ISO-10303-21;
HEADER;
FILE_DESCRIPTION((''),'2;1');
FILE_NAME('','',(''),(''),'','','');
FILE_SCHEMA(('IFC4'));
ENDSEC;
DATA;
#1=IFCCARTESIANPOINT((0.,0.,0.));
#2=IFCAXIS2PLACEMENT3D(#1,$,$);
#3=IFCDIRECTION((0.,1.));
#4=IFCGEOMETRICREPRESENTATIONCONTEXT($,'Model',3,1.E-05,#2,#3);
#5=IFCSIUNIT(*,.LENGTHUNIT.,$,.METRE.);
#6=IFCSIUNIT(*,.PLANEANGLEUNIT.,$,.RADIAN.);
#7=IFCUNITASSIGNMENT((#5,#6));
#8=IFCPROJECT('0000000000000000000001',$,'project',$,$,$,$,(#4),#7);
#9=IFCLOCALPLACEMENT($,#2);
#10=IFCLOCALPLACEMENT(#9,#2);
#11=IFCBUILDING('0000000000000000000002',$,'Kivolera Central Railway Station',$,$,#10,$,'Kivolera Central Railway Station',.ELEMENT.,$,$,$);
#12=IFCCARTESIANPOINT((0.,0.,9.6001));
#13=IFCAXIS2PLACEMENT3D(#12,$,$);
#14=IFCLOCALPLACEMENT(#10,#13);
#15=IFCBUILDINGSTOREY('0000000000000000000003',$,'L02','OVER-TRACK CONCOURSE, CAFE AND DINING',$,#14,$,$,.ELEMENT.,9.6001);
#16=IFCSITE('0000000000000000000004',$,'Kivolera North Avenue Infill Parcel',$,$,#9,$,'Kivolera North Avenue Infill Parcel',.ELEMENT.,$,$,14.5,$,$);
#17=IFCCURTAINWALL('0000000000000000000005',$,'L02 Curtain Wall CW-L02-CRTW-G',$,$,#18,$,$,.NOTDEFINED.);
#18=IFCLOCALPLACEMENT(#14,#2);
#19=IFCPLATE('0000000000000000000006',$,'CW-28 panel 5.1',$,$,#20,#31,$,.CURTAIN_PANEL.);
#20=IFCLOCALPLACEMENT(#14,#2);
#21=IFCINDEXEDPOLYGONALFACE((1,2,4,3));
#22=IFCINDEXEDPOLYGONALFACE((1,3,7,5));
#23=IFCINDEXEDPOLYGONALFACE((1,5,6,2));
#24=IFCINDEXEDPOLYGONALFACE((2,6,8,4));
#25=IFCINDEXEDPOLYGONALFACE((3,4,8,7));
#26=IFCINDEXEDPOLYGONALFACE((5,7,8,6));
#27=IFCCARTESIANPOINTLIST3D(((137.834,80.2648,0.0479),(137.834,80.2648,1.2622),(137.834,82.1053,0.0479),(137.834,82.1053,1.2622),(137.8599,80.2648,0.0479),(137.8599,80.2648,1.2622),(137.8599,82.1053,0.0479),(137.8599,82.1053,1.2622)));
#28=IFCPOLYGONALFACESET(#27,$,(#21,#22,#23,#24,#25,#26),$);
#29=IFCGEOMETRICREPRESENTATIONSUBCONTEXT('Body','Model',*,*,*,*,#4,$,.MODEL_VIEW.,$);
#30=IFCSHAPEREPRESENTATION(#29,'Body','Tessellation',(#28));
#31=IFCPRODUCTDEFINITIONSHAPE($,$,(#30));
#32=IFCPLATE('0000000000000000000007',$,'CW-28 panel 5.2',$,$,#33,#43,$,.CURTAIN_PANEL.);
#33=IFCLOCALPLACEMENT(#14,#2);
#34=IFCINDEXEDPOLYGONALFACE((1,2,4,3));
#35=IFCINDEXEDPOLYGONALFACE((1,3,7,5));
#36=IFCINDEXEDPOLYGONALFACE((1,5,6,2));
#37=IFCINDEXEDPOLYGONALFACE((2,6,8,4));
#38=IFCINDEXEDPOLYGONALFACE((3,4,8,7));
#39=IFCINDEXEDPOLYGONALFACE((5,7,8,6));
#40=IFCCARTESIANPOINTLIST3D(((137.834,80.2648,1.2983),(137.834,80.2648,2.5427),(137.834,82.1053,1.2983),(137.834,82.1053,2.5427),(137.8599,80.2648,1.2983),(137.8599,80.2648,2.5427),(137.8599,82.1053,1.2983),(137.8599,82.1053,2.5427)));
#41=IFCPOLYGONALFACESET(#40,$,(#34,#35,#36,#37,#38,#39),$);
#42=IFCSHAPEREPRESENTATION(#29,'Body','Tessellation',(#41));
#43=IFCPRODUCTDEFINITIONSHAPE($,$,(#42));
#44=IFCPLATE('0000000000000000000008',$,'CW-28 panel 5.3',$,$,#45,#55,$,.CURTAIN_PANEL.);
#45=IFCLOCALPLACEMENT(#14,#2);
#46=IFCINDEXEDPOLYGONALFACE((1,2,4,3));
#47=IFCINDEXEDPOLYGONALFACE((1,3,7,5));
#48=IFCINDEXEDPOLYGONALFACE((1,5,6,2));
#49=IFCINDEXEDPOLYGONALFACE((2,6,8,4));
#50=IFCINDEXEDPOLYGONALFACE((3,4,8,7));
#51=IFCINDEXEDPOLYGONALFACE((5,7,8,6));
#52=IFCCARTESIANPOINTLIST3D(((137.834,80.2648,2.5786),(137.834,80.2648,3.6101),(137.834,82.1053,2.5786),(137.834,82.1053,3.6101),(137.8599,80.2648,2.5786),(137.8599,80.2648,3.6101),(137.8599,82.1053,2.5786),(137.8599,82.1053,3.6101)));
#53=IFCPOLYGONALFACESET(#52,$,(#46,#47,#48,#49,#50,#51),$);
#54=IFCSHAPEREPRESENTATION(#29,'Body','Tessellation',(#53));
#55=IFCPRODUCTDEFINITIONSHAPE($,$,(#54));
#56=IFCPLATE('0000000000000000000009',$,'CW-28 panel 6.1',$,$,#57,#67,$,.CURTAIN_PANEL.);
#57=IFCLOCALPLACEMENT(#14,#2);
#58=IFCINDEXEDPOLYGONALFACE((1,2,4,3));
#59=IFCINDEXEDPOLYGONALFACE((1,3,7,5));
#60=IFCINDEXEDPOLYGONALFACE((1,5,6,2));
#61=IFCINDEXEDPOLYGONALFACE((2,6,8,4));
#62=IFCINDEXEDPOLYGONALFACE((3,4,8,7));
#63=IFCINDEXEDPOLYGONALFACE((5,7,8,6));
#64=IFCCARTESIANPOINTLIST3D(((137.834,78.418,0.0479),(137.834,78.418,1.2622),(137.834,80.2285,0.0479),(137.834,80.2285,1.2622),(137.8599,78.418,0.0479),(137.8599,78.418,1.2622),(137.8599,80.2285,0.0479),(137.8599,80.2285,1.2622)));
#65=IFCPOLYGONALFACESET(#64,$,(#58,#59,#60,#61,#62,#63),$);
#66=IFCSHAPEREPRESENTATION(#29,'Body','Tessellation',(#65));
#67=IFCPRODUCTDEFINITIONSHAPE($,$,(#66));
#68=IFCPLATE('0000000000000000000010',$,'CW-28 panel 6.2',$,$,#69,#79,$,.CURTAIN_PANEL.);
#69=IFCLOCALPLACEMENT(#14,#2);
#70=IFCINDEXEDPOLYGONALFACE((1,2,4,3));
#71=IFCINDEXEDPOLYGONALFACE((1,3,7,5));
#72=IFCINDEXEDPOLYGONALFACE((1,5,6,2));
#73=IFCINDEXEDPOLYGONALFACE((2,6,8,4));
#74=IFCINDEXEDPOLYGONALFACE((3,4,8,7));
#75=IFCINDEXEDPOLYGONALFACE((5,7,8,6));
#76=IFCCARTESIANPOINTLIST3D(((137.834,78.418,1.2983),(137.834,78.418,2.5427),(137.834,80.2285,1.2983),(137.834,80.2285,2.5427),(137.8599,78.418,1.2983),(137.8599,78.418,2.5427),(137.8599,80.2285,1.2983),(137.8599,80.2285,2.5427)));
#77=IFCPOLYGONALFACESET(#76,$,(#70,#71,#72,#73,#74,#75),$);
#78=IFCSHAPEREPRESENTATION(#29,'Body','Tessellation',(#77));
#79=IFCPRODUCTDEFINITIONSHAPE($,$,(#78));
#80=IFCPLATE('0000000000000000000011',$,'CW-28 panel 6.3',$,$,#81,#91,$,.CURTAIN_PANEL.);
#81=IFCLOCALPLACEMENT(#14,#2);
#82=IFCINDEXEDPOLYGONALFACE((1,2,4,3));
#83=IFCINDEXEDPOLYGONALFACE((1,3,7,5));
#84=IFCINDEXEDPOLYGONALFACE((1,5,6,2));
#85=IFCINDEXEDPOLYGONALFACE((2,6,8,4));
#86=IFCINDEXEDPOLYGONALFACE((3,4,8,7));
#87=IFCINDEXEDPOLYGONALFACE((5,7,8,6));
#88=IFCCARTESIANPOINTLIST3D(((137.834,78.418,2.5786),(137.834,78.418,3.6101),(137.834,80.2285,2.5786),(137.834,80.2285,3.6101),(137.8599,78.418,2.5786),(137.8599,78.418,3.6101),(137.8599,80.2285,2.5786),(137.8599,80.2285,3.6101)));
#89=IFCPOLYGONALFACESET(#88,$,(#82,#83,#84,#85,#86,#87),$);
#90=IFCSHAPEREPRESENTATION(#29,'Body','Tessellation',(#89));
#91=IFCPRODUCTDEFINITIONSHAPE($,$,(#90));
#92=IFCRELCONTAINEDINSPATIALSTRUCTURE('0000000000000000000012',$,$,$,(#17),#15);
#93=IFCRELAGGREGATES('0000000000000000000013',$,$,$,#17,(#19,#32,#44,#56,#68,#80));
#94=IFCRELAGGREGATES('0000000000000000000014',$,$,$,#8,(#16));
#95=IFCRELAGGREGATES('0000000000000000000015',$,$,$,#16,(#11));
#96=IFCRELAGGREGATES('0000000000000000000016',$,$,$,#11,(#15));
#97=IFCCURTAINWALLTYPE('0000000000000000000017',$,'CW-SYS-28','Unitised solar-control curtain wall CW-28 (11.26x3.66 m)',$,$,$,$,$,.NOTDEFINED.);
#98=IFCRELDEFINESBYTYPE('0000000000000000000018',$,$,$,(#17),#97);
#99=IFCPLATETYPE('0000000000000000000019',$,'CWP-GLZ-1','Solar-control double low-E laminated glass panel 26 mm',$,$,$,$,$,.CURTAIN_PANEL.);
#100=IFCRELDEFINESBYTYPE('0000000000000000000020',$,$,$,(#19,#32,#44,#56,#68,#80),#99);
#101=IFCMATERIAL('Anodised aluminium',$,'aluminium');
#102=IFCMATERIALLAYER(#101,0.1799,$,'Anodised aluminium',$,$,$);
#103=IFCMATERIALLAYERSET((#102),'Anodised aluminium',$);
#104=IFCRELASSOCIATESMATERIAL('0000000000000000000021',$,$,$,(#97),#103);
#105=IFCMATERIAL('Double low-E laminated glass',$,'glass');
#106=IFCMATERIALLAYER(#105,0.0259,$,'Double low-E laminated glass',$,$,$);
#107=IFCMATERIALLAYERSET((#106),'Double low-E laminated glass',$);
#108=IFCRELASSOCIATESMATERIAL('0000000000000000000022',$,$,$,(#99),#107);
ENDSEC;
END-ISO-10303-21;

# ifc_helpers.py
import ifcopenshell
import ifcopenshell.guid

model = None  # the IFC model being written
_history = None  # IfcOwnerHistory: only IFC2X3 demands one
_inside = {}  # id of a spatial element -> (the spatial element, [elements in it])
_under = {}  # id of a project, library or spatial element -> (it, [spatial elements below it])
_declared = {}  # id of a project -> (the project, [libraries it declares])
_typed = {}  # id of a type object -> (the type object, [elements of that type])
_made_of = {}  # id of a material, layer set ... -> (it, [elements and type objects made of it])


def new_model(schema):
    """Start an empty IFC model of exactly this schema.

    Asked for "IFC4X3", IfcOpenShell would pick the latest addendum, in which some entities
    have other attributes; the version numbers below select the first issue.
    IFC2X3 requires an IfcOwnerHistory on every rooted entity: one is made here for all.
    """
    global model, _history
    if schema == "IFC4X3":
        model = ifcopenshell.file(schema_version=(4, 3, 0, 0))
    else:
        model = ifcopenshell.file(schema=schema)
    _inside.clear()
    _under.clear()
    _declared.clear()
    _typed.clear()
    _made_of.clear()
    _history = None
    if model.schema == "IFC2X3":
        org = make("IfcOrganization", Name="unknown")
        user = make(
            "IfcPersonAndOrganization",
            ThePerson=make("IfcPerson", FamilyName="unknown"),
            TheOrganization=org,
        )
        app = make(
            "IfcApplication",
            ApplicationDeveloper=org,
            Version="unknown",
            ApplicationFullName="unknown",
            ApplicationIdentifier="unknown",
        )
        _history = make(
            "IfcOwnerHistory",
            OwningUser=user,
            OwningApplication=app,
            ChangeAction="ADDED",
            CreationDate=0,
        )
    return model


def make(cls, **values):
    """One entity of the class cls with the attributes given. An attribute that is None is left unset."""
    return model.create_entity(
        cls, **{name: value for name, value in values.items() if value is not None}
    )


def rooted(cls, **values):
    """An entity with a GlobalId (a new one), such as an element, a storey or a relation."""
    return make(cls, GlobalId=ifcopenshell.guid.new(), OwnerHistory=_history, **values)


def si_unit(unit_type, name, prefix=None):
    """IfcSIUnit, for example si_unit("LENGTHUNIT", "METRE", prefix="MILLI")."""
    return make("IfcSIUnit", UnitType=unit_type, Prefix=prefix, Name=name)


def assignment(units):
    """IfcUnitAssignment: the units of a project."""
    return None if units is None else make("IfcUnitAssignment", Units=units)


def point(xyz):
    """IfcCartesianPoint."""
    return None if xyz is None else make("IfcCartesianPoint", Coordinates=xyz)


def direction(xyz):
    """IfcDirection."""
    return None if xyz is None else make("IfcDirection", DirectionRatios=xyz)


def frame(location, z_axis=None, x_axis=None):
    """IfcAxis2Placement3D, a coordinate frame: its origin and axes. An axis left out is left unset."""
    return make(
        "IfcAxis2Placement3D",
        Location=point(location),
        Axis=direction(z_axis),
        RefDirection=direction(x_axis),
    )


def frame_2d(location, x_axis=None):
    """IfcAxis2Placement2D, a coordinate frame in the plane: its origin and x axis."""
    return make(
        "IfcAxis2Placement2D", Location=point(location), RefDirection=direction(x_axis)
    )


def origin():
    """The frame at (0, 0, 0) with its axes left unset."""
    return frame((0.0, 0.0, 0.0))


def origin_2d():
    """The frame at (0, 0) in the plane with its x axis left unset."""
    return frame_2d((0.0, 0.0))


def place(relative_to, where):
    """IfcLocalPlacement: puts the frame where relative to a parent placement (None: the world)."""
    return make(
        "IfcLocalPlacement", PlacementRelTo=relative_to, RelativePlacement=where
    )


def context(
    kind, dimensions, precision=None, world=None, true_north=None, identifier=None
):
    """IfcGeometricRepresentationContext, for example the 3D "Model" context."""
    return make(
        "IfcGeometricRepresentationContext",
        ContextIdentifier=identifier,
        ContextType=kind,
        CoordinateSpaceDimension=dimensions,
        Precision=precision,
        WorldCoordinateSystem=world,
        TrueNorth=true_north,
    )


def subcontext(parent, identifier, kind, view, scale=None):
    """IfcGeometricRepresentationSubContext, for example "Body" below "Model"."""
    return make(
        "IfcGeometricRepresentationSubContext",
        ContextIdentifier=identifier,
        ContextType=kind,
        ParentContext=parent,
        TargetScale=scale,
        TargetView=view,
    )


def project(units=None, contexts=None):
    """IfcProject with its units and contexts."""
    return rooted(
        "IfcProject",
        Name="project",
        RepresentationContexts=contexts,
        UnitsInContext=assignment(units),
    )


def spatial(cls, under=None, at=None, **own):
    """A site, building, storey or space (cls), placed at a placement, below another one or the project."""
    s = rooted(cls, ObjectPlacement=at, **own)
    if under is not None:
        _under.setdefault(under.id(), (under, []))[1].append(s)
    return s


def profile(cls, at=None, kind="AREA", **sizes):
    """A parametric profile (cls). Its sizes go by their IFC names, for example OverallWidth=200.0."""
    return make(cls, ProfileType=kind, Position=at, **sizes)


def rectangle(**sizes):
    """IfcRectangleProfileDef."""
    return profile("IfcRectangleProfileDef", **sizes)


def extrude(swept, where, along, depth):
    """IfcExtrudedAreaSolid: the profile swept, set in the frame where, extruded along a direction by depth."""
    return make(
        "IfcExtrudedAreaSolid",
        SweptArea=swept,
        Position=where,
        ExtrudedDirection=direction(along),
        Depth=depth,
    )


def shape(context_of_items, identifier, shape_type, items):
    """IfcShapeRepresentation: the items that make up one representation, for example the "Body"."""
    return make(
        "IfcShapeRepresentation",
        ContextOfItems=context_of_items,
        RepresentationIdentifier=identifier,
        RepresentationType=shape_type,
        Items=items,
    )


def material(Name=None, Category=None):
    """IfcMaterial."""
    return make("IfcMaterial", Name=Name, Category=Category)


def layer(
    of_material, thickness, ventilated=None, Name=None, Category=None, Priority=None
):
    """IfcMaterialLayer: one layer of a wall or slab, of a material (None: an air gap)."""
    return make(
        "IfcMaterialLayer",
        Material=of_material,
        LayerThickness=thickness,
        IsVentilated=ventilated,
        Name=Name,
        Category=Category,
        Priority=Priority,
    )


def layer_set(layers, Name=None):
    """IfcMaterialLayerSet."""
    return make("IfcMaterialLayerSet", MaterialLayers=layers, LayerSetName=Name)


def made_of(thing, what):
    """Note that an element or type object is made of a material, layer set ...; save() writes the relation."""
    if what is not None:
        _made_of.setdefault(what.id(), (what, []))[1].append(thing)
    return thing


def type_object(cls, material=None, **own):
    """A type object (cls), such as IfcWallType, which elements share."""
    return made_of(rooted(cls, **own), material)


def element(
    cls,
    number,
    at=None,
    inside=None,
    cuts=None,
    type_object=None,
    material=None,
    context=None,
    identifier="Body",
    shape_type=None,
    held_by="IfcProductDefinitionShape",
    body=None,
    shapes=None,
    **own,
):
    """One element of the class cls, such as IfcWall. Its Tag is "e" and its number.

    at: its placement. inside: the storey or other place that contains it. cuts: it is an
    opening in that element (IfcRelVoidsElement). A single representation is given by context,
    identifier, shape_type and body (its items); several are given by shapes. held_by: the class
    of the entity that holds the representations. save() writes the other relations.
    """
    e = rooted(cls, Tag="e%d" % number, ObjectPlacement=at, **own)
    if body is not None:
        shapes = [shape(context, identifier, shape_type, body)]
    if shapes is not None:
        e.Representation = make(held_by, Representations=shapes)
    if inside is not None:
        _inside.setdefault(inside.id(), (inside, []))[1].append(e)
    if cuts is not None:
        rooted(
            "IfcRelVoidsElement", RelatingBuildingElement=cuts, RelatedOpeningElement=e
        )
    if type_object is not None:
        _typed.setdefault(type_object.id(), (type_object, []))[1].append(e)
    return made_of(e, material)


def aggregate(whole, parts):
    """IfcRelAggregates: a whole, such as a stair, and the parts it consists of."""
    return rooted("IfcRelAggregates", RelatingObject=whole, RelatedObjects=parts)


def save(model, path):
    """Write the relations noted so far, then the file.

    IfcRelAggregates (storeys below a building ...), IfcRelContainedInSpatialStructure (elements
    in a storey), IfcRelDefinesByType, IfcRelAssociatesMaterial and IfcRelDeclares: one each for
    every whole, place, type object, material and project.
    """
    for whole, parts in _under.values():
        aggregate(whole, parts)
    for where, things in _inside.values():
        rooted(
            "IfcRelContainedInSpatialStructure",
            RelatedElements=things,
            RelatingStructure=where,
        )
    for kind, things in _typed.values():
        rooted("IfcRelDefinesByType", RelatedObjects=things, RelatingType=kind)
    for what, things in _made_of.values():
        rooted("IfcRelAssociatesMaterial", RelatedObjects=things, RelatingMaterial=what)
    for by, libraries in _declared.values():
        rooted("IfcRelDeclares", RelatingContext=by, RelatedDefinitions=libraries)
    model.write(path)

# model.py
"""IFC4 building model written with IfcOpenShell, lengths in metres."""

from ifc_helpers import new_model, si_unit, direction, frame, origin, origin_2d, place, context, subcontext, project, spatial, rectangle, extrude, material, layer, layer_set, type_object, element, aggregate, save


model = new_model("IFC4")

# Units and contexts
model_context = context("Model", 3, precision=1e-05, world=origin(), true_north=direction((0.0, 1.0)))
body_context = subcontext(model_context, "Body", "Model", "MODEL_VIEW")
ifc_project = project(units=[si_unit("LENGTHUNIT", "METRE"), si_unit("PLANEANGLEUNIT", "RADIAN")], contexts=[model_context])

# Site, building, storey
site_placement = place(None, origin())
site = spatial("IfcSite", under=ifc_project, at=site_placement, Name="Kivolera North Avenue Infill Parcel", LongName="Kivolera North Avenue Infill Parcel", CompositionType="ELEMENT", RefElevation=14.5)
building_placement = place(site_placement, origin())
building = spatial("IfcBuilding", under=site, at=building_placement, Name="Kivolera Central Railway Station", LongName="Kivolera Central Railway Station", CompositionType="ELEMENT")
storey_placement = place(building_placement, frame((0.0, 0.0, 9.6001)))
storey = spatial("IfcBuildingStorey", under=building, at=storey_placement, Name="L02", Description="OVER-TRACK CONCOURSE, CAFE AND DINING", CompositionType="ELEMENT", Elevation=9.6001)

# Curtain wall, plates
ifc_material_1 = material(Name="Anodised aluminium", Category="aluminium")
ifc_layer_1 = layer(ifc_material_1, 0.1799, Name="Anodised aluminium")
ifc_layer_set_1 = layer_set([ifc_layer_1], Name="Anodised aluminium")
curtain_wall_type = type_object("IfcCurtainWallType", Name="CW-SYS-28", Description="Unitised solar-control curtain wall CW-28 (11.26x3.66 m)", PredefinedType="NOTDEFINED", material=ifc_layer_set_1)
curtain_wall_placement = place(storey_placement, origin())
curtain_wall = element("IfcCurtainWall", 1, at=curtain_wall_placement, inside=storey, type_object=curtain_wall_type, Name="L02 Curtain Wall CW-L02-CRTW-G", PredefinedType="NOTDEFINED")
ifc_material_2 = material(Name="Double low-E laminated glass", Category="glass")
ifc_layer_2 = layer(ifc_material_2, 0.0259, Name="Double low-E laminated glass")
ifc_layer_set_2 = layer_set([ifc_layer_2], Name="Double low-E laminated glass")
plate_type = type_object("IfcPlateType", Name="CWP-GLZ-1", Description="Solar-control double low-E laminated glass panel 26 mm", PredefinedType="CURTAIN_PANEL", material=ifc_layer_set_2)
plate_1_placement = place(storey_placement, frame((137.8469, 81.1851, 0.0479), z_axis=(0.0, 0.0, 1.0), x_axis=(0.0, -1.0, 0.0)))
plate_1 = element("IfcPlate", 2, at=plate_1_placement, type_object=plate_type, Name="CW-28 panel 5.1", PredefinedType="CURTAIN_PANEL", context=body_context, shape_type="SweptSolid", body=[
    extrude(rectangle(XDim=1.8406, YDim=0.0259, at=origin_2d()), origin(), (0.0, 0.0, 1.0), 1.2144),
])
plate_2_placement = place(storey_placement, frame((137.8469, 81.1851, 1.2983), z_axis=(0.0, 0.0, 1.0), x_axis=(0.0, -1.0, 0.0)))
plate_2 = element("IfcPlate", 3, at=plate_2_placement, type_object=plate_type, Name="CW-28 panel 5.2", PredefinedType="CURTAIN_PANEL", context=body_context, shape_type="SweptSolid", body=[
    extrude(rectangle(XDim=1.8406, YDim=0.0259, at=origin_2d()), origin(), (0.0, 0.0, 1.0), 1.2444),
])
plate_3_placement = place(storey_placement, frame((137.8469, 81.1851, 2.5786), z_axis=(0.0, 0.0, 1.0), x_axis=(0.0, -1.0, 0.0)))
plate_3 = element("IfcPlate", 4, at=plate_3_placement, type_object=plate_type, Name="CW-28 panel 5.3", PredefinedType="CURTAIN_PANEL", context=body_context, shape_type="SweptSolid", body=[
    extrude(rectangle(XDim=1.8406, YDim=0.0259, at=origin_2d()), origin(), (0.0, 0.0, 1.0), 1.0315),
])
plate_4_placement = place(storey_placement, frame((137.8469, 79.3232, 0.0479), z_axis=(0.0, 0.0, 1.0), x_axis=(0.0, -1.0, 0.0)))
plate_4 = element("IfcPlate", 5, at=plate_4_placement, type_object=plate_type, Name="CW-28 panel 6.1", PredefinedType="CURTAIN_PANEL", context=body_context, shape_type="SweptSolid", body=[
    extrude(rectangle(XDim=1.8105, YDim=0.0259, at=origin_2d()), origin(), (0.0, 0.0, 1.0), 1.2144),
])
plate_5_placement = place(storey_placement, frame((137.8469, 79.3232, 1.2983), z_axis=(0.0, 0.0, 1.0), x_axis=(0.0, -1.0, 0.0)))
plate_5 = element("IfcPlate", 6, at=plate_5_placement, type_object=plate_type, Name="CW-28 panel 6.2", PredefinedType="CURTAIN_PANEL", context=body_context, shape_type="SweptSolid", body=[
    extrude(rectangle(XDim=1.8105, YDim=0.0259, at=origin_2d()), origin(), (0.0, 0.0, 1.0), 1.2444),
])
plate_6_placement = place(storey_placement, frame((137.8469, 79.3232, 2.5786), z_axis=(0.0, 0.0, 1.0), x_axis=(0.0, -1.0, 0.0)))
plate_6 = element("IfcPlate", 7, at=plate_6_placement, type_object=plate_type, Name="CW-28 panel 6.3", PredefinedType="CURTAIN_PANEL", context=body_context, shape_type="SweptSolid", body=[
    extrude(rectangle(XDim=1.8105, YDim=0.0259, at=origin_2d()), origin(), (0.0, 0.0, 1.0), 1.0315),
])
aggregate(curtain_wall, [plate_1, plate_2, plate_3, plate_4, plate_5, plate_6])

save(model, "model.ifc")
